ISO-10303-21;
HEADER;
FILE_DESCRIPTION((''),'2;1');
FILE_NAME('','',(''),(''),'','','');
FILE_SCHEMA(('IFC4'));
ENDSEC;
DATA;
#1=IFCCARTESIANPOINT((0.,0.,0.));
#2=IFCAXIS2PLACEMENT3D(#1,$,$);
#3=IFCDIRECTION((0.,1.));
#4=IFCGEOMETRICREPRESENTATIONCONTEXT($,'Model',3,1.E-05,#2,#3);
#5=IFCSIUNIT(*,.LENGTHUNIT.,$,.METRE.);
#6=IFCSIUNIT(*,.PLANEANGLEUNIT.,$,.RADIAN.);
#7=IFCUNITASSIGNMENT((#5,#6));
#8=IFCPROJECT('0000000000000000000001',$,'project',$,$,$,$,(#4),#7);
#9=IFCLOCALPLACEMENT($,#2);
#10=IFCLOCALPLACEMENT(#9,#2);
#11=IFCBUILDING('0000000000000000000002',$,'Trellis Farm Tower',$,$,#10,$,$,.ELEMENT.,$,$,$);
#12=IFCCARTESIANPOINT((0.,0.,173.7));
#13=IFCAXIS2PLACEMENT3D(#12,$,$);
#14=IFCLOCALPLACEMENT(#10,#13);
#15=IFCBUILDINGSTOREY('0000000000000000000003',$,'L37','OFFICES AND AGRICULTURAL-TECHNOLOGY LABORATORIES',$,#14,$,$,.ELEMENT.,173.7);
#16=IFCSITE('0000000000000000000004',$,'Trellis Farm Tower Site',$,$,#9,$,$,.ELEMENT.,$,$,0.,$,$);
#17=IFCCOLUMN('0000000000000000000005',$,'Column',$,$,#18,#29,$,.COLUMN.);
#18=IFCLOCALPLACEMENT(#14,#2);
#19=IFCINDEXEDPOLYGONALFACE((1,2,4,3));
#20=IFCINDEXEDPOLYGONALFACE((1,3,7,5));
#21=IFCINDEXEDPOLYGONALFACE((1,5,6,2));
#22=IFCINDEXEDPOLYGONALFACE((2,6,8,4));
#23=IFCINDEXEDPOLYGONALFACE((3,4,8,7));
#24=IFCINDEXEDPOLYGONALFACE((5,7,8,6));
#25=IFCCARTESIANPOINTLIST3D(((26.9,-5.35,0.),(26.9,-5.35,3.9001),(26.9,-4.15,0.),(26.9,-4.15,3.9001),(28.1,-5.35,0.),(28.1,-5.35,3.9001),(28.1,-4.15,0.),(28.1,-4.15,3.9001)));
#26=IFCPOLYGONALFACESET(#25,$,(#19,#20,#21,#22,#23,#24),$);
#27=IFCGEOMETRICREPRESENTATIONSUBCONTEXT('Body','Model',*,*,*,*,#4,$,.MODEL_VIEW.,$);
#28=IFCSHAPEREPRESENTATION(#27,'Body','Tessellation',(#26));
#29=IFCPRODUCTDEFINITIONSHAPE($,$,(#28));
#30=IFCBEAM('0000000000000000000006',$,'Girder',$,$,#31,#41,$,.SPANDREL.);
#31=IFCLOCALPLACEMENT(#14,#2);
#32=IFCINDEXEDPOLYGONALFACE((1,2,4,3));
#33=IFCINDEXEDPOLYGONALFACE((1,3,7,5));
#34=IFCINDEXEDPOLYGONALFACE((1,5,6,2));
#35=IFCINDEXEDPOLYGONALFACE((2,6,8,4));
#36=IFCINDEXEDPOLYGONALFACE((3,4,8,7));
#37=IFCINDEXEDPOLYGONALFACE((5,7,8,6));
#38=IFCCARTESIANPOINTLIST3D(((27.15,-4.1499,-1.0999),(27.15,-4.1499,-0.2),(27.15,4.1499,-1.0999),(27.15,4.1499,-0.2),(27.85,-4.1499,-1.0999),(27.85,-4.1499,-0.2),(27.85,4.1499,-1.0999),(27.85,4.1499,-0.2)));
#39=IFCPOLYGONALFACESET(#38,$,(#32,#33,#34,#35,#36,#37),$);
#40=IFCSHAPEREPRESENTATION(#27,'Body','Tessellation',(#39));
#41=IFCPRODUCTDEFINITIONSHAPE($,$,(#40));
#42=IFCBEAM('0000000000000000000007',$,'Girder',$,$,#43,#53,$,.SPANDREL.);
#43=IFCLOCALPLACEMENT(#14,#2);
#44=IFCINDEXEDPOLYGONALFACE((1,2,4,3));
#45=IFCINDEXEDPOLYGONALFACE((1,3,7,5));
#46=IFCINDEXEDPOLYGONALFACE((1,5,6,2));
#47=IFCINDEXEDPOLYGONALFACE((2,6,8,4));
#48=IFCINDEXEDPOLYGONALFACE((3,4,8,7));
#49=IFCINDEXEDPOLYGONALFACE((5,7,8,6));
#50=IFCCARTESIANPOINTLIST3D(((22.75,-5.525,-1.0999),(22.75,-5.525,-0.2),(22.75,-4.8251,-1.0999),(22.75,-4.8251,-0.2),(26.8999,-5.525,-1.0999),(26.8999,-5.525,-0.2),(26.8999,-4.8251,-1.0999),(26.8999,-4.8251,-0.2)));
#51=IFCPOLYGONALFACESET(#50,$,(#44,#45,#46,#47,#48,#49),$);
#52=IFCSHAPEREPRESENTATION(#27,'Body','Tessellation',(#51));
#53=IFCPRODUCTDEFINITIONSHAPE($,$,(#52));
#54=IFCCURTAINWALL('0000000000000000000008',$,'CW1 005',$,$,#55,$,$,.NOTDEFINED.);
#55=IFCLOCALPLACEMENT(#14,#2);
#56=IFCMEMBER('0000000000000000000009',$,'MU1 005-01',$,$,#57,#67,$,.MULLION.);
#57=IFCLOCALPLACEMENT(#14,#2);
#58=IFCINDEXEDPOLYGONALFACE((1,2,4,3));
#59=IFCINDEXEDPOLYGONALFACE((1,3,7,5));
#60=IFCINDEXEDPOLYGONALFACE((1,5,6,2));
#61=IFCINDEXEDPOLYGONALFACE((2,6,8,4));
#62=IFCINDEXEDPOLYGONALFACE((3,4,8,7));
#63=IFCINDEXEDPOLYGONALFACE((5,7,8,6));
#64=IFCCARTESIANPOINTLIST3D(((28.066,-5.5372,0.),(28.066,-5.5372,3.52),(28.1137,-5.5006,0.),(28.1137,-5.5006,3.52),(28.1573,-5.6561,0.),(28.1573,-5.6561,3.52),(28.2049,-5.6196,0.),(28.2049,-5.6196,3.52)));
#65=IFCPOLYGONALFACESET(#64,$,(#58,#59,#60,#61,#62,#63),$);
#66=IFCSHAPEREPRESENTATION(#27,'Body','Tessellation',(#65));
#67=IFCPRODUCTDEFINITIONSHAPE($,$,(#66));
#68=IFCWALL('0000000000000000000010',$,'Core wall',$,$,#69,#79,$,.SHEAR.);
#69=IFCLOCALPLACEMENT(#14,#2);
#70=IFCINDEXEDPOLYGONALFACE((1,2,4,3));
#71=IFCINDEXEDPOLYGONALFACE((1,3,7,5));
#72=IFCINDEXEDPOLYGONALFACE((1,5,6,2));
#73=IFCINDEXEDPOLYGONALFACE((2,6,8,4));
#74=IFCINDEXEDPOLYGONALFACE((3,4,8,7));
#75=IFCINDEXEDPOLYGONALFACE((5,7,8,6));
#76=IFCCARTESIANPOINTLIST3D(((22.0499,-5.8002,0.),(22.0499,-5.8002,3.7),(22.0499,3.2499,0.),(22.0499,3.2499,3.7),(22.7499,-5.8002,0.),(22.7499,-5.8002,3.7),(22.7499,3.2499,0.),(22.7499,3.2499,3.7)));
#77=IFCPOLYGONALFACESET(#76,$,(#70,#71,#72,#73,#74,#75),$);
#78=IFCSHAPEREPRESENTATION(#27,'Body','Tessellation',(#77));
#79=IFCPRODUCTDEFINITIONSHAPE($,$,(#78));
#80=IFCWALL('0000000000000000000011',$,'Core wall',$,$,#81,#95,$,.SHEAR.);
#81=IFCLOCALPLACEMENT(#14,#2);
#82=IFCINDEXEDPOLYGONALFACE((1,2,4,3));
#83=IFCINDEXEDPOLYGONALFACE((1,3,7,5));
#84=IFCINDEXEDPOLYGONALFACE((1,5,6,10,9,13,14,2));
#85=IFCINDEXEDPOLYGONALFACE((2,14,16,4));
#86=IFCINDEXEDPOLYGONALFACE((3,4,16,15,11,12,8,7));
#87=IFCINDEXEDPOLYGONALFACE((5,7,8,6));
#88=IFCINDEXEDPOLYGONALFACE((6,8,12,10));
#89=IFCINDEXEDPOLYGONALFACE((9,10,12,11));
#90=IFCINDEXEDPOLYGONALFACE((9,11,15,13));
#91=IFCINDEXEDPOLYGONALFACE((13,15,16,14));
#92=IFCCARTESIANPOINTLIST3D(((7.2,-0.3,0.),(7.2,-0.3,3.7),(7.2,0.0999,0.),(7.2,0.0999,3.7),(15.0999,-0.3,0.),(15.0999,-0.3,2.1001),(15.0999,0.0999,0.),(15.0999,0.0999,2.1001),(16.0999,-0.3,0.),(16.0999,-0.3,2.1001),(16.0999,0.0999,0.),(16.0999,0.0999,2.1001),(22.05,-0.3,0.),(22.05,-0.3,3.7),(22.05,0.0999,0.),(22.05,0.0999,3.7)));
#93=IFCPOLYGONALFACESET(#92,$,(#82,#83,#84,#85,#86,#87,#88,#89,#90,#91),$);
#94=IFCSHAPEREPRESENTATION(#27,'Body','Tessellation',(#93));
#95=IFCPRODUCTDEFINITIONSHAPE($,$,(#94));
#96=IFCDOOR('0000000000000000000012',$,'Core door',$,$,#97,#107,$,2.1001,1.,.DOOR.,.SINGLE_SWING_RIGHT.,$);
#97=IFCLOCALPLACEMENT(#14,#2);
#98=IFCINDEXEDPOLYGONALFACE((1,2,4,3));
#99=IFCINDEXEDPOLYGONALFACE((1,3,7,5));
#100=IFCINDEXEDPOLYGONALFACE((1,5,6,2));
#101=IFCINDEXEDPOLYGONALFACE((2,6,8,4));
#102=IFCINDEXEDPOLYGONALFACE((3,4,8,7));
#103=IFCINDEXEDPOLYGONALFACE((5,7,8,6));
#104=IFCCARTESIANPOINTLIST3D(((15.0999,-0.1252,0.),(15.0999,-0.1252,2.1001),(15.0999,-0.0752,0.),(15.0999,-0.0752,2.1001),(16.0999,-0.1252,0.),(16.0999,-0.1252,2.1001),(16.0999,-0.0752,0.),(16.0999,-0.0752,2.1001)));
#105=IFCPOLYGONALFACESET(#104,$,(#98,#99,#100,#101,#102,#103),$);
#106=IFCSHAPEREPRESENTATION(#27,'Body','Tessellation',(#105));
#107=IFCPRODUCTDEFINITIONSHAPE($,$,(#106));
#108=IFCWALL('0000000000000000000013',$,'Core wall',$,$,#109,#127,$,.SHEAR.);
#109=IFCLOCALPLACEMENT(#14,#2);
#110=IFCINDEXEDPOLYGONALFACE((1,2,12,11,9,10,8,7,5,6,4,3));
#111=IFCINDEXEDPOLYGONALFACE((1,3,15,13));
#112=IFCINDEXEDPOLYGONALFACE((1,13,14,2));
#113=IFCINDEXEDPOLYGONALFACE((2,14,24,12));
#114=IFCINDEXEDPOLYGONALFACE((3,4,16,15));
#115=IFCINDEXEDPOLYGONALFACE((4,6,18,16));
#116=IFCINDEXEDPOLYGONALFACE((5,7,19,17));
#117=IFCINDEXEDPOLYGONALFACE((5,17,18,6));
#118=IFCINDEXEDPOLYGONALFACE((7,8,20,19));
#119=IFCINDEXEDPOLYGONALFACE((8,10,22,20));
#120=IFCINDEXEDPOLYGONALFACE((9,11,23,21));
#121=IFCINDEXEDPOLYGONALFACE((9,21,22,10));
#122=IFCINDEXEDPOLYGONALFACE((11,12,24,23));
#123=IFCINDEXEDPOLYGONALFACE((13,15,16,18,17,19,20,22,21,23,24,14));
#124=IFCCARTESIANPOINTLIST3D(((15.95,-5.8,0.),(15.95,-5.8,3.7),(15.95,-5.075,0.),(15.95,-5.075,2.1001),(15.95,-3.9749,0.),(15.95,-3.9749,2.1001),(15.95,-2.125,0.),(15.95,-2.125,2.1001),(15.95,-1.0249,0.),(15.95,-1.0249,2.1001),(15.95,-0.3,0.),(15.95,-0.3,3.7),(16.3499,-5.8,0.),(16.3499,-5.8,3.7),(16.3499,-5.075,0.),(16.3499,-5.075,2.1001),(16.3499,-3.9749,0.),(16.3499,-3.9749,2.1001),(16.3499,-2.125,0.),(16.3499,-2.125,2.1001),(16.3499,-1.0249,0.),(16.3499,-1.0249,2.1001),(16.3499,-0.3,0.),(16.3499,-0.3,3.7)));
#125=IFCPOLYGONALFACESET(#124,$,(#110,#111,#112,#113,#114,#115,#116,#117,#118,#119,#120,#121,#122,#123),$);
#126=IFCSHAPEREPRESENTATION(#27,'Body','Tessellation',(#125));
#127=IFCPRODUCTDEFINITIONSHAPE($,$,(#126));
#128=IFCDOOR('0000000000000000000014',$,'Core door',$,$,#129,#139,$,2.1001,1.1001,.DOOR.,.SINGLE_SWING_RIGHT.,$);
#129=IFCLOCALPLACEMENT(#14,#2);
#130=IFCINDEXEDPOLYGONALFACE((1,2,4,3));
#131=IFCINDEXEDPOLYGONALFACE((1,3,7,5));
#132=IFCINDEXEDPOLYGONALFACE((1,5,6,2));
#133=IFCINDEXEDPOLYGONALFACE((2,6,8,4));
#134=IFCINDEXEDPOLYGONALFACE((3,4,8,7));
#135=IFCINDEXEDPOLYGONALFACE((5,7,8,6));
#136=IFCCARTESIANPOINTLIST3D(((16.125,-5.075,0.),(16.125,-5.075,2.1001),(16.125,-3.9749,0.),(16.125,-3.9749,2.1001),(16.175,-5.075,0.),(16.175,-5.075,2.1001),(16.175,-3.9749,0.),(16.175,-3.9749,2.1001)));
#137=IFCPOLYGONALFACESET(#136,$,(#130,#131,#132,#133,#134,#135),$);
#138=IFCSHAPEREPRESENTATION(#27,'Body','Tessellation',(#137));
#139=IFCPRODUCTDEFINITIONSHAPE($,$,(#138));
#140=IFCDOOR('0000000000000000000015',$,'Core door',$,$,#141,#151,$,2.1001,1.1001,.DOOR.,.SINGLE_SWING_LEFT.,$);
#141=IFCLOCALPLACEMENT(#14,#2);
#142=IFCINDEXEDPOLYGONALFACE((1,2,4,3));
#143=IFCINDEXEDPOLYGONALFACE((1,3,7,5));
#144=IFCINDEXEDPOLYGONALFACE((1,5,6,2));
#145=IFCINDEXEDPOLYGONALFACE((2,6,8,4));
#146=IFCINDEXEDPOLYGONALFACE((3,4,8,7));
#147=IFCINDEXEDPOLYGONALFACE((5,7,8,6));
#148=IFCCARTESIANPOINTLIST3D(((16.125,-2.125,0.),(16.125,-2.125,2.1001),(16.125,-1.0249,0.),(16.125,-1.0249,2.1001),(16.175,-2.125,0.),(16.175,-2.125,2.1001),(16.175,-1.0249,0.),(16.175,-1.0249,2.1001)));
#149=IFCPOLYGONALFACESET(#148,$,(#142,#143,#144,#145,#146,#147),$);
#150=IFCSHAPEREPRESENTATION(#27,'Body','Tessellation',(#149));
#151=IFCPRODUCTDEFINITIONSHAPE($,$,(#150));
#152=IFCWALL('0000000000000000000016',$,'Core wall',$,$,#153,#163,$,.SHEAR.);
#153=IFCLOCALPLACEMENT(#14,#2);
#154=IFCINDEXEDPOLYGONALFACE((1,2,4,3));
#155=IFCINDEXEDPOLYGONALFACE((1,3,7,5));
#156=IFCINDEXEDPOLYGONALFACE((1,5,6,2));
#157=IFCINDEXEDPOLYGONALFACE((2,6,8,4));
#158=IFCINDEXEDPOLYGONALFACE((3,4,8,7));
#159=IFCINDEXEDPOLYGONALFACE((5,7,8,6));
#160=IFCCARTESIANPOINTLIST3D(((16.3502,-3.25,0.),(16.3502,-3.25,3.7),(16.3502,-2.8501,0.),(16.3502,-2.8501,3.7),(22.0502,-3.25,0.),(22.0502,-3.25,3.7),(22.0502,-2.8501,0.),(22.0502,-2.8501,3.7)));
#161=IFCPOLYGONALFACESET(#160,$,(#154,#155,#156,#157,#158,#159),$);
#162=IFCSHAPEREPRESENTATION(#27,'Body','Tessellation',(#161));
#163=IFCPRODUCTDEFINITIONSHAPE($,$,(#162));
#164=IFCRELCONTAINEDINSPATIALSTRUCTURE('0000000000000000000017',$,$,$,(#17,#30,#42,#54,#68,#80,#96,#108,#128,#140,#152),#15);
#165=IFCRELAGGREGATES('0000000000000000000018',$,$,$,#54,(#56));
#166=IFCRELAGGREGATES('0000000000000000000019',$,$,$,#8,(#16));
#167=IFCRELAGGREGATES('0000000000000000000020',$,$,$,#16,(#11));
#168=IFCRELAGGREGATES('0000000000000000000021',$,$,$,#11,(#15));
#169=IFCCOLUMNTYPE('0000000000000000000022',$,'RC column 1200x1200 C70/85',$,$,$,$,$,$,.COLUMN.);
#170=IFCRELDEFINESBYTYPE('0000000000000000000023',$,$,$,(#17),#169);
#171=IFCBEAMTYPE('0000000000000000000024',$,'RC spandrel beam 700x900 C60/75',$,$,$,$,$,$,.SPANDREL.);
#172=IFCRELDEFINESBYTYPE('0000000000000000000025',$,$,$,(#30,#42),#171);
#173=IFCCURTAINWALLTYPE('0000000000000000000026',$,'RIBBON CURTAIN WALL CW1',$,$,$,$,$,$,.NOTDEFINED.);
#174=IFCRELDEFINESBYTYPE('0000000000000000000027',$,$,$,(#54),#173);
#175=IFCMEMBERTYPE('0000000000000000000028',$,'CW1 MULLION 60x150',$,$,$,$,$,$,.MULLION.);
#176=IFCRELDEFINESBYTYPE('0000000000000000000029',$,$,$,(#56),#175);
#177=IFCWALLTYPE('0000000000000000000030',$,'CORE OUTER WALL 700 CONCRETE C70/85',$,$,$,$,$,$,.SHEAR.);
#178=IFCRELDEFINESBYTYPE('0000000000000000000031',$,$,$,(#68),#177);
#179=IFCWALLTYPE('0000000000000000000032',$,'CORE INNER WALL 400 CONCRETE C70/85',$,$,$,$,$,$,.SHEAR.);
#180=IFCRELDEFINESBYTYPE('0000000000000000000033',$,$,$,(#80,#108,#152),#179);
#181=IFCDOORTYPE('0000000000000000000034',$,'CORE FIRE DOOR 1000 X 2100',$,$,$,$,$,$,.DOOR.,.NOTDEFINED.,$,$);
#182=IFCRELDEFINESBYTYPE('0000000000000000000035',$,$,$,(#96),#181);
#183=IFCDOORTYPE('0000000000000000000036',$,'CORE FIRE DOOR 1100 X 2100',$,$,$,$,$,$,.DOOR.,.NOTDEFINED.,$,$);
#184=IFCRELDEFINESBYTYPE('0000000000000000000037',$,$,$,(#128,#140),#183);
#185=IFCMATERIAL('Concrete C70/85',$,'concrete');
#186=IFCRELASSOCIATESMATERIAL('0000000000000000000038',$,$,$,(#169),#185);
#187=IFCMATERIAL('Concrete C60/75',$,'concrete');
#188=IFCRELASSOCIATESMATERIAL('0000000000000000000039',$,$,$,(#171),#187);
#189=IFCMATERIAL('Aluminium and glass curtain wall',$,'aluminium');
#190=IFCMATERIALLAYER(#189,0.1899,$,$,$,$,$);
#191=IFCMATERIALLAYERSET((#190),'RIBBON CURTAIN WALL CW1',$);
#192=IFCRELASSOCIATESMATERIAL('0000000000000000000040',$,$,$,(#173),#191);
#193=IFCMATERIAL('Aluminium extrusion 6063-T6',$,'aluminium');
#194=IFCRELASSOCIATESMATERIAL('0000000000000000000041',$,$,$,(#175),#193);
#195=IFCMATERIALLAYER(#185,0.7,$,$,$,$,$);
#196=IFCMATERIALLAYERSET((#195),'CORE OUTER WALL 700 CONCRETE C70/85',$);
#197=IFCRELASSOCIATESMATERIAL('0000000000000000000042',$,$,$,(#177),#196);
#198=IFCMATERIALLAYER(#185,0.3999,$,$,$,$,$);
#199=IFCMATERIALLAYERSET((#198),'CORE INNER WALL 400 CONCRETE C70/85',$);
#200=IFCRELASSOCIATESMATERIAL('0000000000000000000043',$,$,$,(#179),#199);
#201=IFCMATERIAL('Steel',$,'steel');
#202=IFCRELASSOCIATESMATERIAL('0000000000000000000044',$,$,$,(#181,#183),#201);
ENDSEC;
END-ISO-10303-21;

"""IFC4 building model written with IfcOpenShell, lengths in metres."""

from ifc_helpers import new_model, si_unit, direction, frame, frame_2d, origin, origin_2d, place, context, subcontext, project, spatial, rectangle, extrude, source, transform, mapped, material, layer, layer_set, material_profile, profile_set, type_object, element, fill, aggregate, save


model = new_model("IFC4")

# Units and contexts
model_context = context("Model", 3, precision=1e-05, world=origin(), true_north=direction((0.0, 1.0)))
body_context = subcontext(model_context, "Body", "Model", "MODEL_VIEW")
ifc_project = project(units=[si_unit("LENGTHUNIT", "METRE"), si_unit("PLANEANGLEUNIT", "RADIAN")], contexts=[model_context])

# Site, building, storey
site_placement = place(None, origin())
site = spatial("IfcSite", under=ifc_project, at=site_placement, Name="Trellis Farm Tower Site", CompositionType="ELEMENT", RefElevation=0.0)
building_placement = place(site_placement, origin())
building = spatial("IfcBuilding", under=site, at=building_placement, Name="Trellis Farm Tower", CompositionType="ELEMENT")
storey_placement = place(building_placement, frame((0.0, 0.0, 173.7)))
storey = spatial("IfcBuildingStorey", under=building, at=storey_placement, Name="L37", Description="OFFICES AND AGRICULTURAL-TECHNOLOGY LABORATORIES", CompositionType="ELEMENT", Elevation=173.7)

# Column
ifc_material_1 = material(Name="Concrete C70/85", Category="concrete")
ifc_material_profile_1 = material_profile(ifc_material_1, rectangle(XDim=1.2, YDim=1.2, at=origin_2d()), Name="RC column 1200x1200 C70/85")
ifc_profile_set_1 = profile_set([ifc_material_profile_1], Name="Concrete C70/85")
column_type = type_object("IfcColumnType", Name="RC column 1200x1200 C70/85", PredefinedType="COLUMN", material=ifc_profile_set_1)
shared_shape_1 = source(origin(), body_context, "Body", "SweptSolid", [
    extrude(rectangle(XDim=1.2, YDim=1.2, at=origin_2d()), origin(), (0.0, 0.0, 1.0), 3.9001),
])
column_placement = place(storey_placement, frame((27.5, -4.75, 0.0), z_axis=(0.0, 0.0, 1.0), x_axis=(1.0, 0.0, 0.0)))
element("IfcColumn", 1, at=column_placement, inside=storey, type_object=column_type, Name="Column", PredefinedType="COLUMN", context=body_context, shape_type="MappedRepresentation", body=[
    mapped(shared_shape_1, transform((0.0, 0.0, 0.0))),
])

# Beams
ifc_material_2 = material(Name="Concrete C60/75", Category="concrete")
ifc_material_profile_2 = material_profile(ifc_material_2, rectangle(XDim=0.7, YDim=0.8999, at=origin_2d()), Name="RC spandrel beam 700x900 C60/75")
ifc_profile_set_2 = profile_set([ifc_material_profile_2], Name="Concrete C60/75")
beam_type = type_object("IfcBeamType", Name="RC spandrel beam 700x900 C60/75", PredefinedType="SPANDREL", material=ifc_profile_set_2)
shared_shape_2 = source(origin(), body_context, "Body", "SweptSolid", [
    extrude(rectangle(XDim=0.7, YDim=0.8999, at=origin_2d()), origin(), (0.0, 0.0, 1.0), 8.2998),
])
beam_1_placement = place(storey_placement, frame((27.5, -4.1499, -0.6499), z_axis=(0.0, 1.0, 0.0), x_axis=(-1.0, 0.0, 0.0)))
element("IfcBeam", 2, at=beam_1_placement, inside=storey, type_object=beam_type, Name="Girder", PredefinedType="SPANDREL", context=body_context, shape_type="MappedRepresentation", body=[
    mapped(shared_shape_2, transform((0.0, 0.0, 0.0))),
])
shared_shape_3 = source(origin(), body_context, "Body", "SweptSolid", [
    extrude(rectangle(XDim=0.7, YDim=0.8999, at=origin_2d()), origin(), (0.0, 0.0, 1.0), 4.1499),
])
beam_2_placement = place(storey_placement, frame((22.75, -5.175, -0.6499), z_axis=(1.0, 0.0, 0.0), x_axis=(0.0, 1.0, 0.0)))
element("IfcBeam", 3, at=beam_2_placement, inside=storey, type_object=beam_type, Name="Girder", PredefinedType="SPANDREL", context=body_context, shape_type="MappedRepresentation", body=[
    mapped(shared_shape_3, transform((0.0, 0.0, 0.0))),
])

# Curtain wall, member
ifc_material_3 = material(Name="Aluminium and glass curtain wall", Category="aluminium")
ifc_layer_1 = layer(ifc_material_3, 0.1899)
ifc_layer_set_1 = layer_set([ifc_layer_1], Name="RIBBON CURTAIN WALL CW1")
curtain_wall_type = type_object("IfcCurtainWallType", Name="RIBBON CURTAIN WALL CW1", PredefinedType="NOTDEFINED", material=ifc_layer_set_1)
placement = place(storey_placement, origin())
curtain_wall = element("IfcCurtainWall", 4, at=placement, inside=storey, type_object=curtain_wall_type, Name="CW1 005", PredefinedType="NOTDEFINED")
ifc_material_4 = material(Name="Aluminium extrusion 6063-T6", Category="aluminium")
ifc_material_profile_3 = material_profile(ifc_material_4, rectangle(XDim=0.0601, YDim=0.1499, at=origin_2d()), Name="MULLION 60x150")
ifc_profile_set_3 = profile_set([ifc_material_profile_3], Name="Aluminium extrusion 6063-T6")
member_type = type_object("IfcMemberType", Name="CW1 MULLION 60x150", PredefinedType="MULLION", material=ifc_profile_set_3)
shared_shape_4 = source(origin(), body_context, "Body", "SweptSolid", [
    extrude(rectangle(XDim=0.0601, YDim=0.1499, at=origin_2d()), origin(), (0.0, 0.0, 1.0), 3.52),
])
member_placement = place(storey_placement, frame((28.1355, -5.5784, 0.0), z_axis=(0.0, 0.0, 1.0), x_axis=(0.793353, 0.608761, 0.0)))
member = element("IfcMember", 5, at=member_placement, type_object=member_type, Name="MU1 005-01", PredefinedType="MULLION", context=body_context, shape_type="MappedRepresentation", body=[
    mapped(shared_shape_4, transform((0.0, 0.0, 0.0))),
])
aggregate(curtain_wall, [member])

# Wall
ifc_layer_2 = layer(ifc_material_1, 0.7)
ifc_layer_set_2 = layer_set([ifc_layer_2], Name="CORE OUTER WALL 700 CONCRETE C70/85")
wall_type_1 = type_object("IfcWallType", Name="CORE OUTER WALL 700 CONCRETE C70/85", PredefinedType="SHEAR", material=ifc_layer_set_2)
shared_shape_5 = source(origin(), body_context, "Body", "SweptSolid", [
    extrude(rectangle(XDim=9.05, YDim=0.7, at=frame_2d((4.5249, 0.0))), origin(), (0.0, 0.0, 1.0), 3.7),
])
wall_1_placement = place(storey_placement, frame((22.3999, -5.8, 0.0), z_axis=(0.0, 0.0, 1.0), x_axis=(0.0, 1.0, 0.0)))
element("IfcWall", 6, at=wall_1_placement, inside=storey, type_object=wall_type_1, Name="Core wall", PredefinedType="SHEAR", context=body_context, shape_type="MappedRepresentation", body=[
    mapped(shared_shape_5, transform((0.0, 0.0, 0.0))),
])

# Wall, opening, door
ifc_layer_3 = layer(ifc_material_1, 0.3999)
ifc_layer_set_3 = layer_set([ifc_layer_3], Name="CORE INNER WALL 400 CONCRETE C70/85")
wall_type_2 = type_object("IfcWallType", Name="CORE INNER WALL 400 CONCRETE C70/85", PredefinedType="SHEAR", material=ifc_layer_set_3)
shared_shape_6 = source(origin(), body_context, "Body", "SweptSolid", [
    extrude(rectangle(XDim=14.8501, YDim=0.3999, at=frame_2d((7.425, 0.0))), origin(), (0.0, 0.0, 1.0), 3.7),
])
wall_2_placement = place(storey_placement, frame((7.2, -0.1001, 0.0), z_axis=(0.0, 0.0, 1.0), x_axis=(1.0, 0.0, 0.0)))
wall_2 = element("IfcWall", 7, at=wall_2_placement, inside=storey, type_object=wall_type_2, Name="Core wall", PredefinedType="SHEAR", context=body_context, shape_type="MappedRepresentation", body=[
    mapped(shared_shape_6, transform((0.0, 0.0, 0.0))),
])
shared_shape_7 = source(origin(), body_context, "Body", "SweptSolid", [
    extrude(rectangle(XDim=1.0, YDim=2.1001, at=frame_2d((0.5, 1.05))), frame((0.0, 0.21, 0.0), z_axis=(0.0, -1.0, 0.0), x_axis=(1.0, 0.0, 0.0)), (0.0, 0.0, 1.0), 0.4199),
])
opening_1_placement = place(wall_2_placement, frame((7.8999, 0.0, 0.0)))
opening_1 = element("IfcOpeningElement", 8, at=opening_1_placement, cuts=wall_2, PredefinedType="OPENING", context=body_context, shape_type="MappedRepresentation", body=[
    mapped(shared_shape_7, transform((0.0, 0.0, 0.0))),
])
ifc_material_5 = material(Name="Steel", Category="steel")
door_type_1 = type_object("IfcDoorType", Name="CORE FIRE DOOR 1000 X 2100", OperationType="NOTDEFINED", PredefinedType="DOOR", material=ifc_material_5)
shared_shape_8 = source(origin(), body_context, "Body", "SweptSolid", [
    extrude(rectangle(XDim=1.0, YDim=2.1001, at=frame_2d((0.5, 1.05))), frame((0.0, 0.0249, 0.0), z_axis=(0.0, -1.0, 0.0), x_axis=(1.0, 0.0, 0.0)), (0.0, 0.0, 1.0), 0.05),
])
door_1_placement = place(opening_1_placement, origin())
door_1 = element("IfcDoor", 9, at=door_1_placement, inside=storey, type_object=door_type_1, Name="Core door", OperationType="SINGLE_SWING_RIGHT", OverallHeight=2.1001, OverallWidth=1.0, PredefinedType="DOOR", context=body_context, shape_type="MappedRepresentation", body=[
    mapped(shared_shape_8, transform((0.0, 0.0, 0.0))),
])
fill(opening_1, door_1)

# Wall, openings, doors
shared_shape_9 = source(origin(), body_context, "Body", "SweptSolid", [
    extrude(rectangle(XDim=5.5, YDim=0.3999, at=frame_2d((2.75, 0.0))), origin(), (0.0, 0.0, 1.0), 3.7),
])
wall_3_placement = place(storey_placement, frame((16.1499, -5.8, 0.0), z_axis=(0.0, 0.0, 1.0), x_axis=(0.0, 1.0, 0.0)))
wall_3 = element("IfcWall", 10, at=wall_3_placement, inside=storey, type_object=wall_type_2, Name="Core wall", PredefinedType="SHEAR", context=body_context, shape_type="MappedRepresentation", body=[
    mapped(shared_shape_9, transform((0.0, 0.0, 0.0))),
])
shared_shape_10 = source(origin(), body_context, "Body", "SweptSolid", [
    extrude(rectangle(XDim=1.1001, YDim=2.1001, at=frame_2d((0.55, 1.05))), frame((0.0, 0.21, 0.0), z_axis=(0.0, -1.0, 0.0), x_axis=(1.0, 0.0, 0.0)), (0.0, 0.0, 1.0), 0.4199),
])
opening_2_placement = place(wall_3_placement, frame((0.7251, 0.0, 0.0)))
opening_2 = element("IfcOpeningElement", 11, at=opening_2_placement, cuts=wall_3, PredefinedType="OPENING", context=body_context, shape_type="MappedRepresentation", body=[
    mapped(shared_shape_10, transform((0.0, 0.0, 0.0))),
])
opening_3_placement = place(wall_3_placement, frame((3.675, 0.0, 0.0)))
opening_3 = element("IfcOpeningElement", 12, at=opening_3_placement, cuts=wall_3, PredefinedType="OPENING", context=body_context, shape_type="MappedRepresentation", body=[
    mapped(shared_shape_10, transform((0.0, 0.0, 0.0))),
])
door_type_2 = type_object("IfcDoorType", Name="CORE FIRE DOOR 1100 X 2100", OperationType="NOTDEFINED", PredefinedType="DOOR", material=ifc_material_5)
shared_shape_11 = source(origin(), body_context, "Body", "SweptSolid", [
    extrude(rectangle(XDim=1.1001, YDim=2.1001, at=frame_2d((0.55, 1.05))), frame((0.0, 0.0249, 0.0), z_axis=(0.0, -1.0, 0.0), x_axis=(1.0, 0.0, 0.0)), (0.0, 0.0, 1.0), 0.05),
])
door_2_placement = place(opening_2_placement, origin())
door_2 = element("IfcDoor", 13, at=door_2_placement, inside=storey, type_object=door_type_2, Name="Core door", OperationType="SINGLE_SWING_RIGHT", OverallHeight=2.1001, OverallWidth=1.1001, PredefinedType="DOOR", context=body_context, shape_type="MappedRepresentation", body=[
    mapped(shared_shape_11, transform((0.0, 0.0, 0.0))),
])
fill(opening_2, door_2)
door_3_placement = place(opening_3_placement, origin())
door_3 = element("IfcDoor", 14, at=door_3_placement, inside=storey, type_object=door_type_2, Name="Core door", OperationType="SINGLE_SWING_LEFT", OverallHeight=2.1001, OverallWidth=1.1001, PredefinedType="DOOR", context=body_context, shape_type="MappedRepresentation", body=[
    mapped(shared_shape_11, transform((0.0, 0.0, 0.0))),
])
fill(opening_3, door_3)

# Wall
shared_shape_12 = source(origin(), body_context, "Body", "SweptSolid", [
    extrude(rectangle(XDim=5.7, YDim=0.3999, at=frame_2d((2.8501, 0.0))), origin(), (0.0, 0.0, 1.0), 3.7),
])
wall_4_placement = place(storey_placement, frame((16.3501, -3.05, 0.0), z_axis=(0.0, 0.0, 1.0), x_axis=(1.0, 0.0, 0.0)))
element("IfcWall", 15, at=wall_4_placement, inside=storey, type_object=wall_type_2, Name="Core wall", PredefinedType="SHEAR", context=body_context, shape_type="MappedRepresentation", body=[
    mapped(shared_shape_12, transform((0.0, 0.0, 0.0))),
])

save(model, "model.ifc")
